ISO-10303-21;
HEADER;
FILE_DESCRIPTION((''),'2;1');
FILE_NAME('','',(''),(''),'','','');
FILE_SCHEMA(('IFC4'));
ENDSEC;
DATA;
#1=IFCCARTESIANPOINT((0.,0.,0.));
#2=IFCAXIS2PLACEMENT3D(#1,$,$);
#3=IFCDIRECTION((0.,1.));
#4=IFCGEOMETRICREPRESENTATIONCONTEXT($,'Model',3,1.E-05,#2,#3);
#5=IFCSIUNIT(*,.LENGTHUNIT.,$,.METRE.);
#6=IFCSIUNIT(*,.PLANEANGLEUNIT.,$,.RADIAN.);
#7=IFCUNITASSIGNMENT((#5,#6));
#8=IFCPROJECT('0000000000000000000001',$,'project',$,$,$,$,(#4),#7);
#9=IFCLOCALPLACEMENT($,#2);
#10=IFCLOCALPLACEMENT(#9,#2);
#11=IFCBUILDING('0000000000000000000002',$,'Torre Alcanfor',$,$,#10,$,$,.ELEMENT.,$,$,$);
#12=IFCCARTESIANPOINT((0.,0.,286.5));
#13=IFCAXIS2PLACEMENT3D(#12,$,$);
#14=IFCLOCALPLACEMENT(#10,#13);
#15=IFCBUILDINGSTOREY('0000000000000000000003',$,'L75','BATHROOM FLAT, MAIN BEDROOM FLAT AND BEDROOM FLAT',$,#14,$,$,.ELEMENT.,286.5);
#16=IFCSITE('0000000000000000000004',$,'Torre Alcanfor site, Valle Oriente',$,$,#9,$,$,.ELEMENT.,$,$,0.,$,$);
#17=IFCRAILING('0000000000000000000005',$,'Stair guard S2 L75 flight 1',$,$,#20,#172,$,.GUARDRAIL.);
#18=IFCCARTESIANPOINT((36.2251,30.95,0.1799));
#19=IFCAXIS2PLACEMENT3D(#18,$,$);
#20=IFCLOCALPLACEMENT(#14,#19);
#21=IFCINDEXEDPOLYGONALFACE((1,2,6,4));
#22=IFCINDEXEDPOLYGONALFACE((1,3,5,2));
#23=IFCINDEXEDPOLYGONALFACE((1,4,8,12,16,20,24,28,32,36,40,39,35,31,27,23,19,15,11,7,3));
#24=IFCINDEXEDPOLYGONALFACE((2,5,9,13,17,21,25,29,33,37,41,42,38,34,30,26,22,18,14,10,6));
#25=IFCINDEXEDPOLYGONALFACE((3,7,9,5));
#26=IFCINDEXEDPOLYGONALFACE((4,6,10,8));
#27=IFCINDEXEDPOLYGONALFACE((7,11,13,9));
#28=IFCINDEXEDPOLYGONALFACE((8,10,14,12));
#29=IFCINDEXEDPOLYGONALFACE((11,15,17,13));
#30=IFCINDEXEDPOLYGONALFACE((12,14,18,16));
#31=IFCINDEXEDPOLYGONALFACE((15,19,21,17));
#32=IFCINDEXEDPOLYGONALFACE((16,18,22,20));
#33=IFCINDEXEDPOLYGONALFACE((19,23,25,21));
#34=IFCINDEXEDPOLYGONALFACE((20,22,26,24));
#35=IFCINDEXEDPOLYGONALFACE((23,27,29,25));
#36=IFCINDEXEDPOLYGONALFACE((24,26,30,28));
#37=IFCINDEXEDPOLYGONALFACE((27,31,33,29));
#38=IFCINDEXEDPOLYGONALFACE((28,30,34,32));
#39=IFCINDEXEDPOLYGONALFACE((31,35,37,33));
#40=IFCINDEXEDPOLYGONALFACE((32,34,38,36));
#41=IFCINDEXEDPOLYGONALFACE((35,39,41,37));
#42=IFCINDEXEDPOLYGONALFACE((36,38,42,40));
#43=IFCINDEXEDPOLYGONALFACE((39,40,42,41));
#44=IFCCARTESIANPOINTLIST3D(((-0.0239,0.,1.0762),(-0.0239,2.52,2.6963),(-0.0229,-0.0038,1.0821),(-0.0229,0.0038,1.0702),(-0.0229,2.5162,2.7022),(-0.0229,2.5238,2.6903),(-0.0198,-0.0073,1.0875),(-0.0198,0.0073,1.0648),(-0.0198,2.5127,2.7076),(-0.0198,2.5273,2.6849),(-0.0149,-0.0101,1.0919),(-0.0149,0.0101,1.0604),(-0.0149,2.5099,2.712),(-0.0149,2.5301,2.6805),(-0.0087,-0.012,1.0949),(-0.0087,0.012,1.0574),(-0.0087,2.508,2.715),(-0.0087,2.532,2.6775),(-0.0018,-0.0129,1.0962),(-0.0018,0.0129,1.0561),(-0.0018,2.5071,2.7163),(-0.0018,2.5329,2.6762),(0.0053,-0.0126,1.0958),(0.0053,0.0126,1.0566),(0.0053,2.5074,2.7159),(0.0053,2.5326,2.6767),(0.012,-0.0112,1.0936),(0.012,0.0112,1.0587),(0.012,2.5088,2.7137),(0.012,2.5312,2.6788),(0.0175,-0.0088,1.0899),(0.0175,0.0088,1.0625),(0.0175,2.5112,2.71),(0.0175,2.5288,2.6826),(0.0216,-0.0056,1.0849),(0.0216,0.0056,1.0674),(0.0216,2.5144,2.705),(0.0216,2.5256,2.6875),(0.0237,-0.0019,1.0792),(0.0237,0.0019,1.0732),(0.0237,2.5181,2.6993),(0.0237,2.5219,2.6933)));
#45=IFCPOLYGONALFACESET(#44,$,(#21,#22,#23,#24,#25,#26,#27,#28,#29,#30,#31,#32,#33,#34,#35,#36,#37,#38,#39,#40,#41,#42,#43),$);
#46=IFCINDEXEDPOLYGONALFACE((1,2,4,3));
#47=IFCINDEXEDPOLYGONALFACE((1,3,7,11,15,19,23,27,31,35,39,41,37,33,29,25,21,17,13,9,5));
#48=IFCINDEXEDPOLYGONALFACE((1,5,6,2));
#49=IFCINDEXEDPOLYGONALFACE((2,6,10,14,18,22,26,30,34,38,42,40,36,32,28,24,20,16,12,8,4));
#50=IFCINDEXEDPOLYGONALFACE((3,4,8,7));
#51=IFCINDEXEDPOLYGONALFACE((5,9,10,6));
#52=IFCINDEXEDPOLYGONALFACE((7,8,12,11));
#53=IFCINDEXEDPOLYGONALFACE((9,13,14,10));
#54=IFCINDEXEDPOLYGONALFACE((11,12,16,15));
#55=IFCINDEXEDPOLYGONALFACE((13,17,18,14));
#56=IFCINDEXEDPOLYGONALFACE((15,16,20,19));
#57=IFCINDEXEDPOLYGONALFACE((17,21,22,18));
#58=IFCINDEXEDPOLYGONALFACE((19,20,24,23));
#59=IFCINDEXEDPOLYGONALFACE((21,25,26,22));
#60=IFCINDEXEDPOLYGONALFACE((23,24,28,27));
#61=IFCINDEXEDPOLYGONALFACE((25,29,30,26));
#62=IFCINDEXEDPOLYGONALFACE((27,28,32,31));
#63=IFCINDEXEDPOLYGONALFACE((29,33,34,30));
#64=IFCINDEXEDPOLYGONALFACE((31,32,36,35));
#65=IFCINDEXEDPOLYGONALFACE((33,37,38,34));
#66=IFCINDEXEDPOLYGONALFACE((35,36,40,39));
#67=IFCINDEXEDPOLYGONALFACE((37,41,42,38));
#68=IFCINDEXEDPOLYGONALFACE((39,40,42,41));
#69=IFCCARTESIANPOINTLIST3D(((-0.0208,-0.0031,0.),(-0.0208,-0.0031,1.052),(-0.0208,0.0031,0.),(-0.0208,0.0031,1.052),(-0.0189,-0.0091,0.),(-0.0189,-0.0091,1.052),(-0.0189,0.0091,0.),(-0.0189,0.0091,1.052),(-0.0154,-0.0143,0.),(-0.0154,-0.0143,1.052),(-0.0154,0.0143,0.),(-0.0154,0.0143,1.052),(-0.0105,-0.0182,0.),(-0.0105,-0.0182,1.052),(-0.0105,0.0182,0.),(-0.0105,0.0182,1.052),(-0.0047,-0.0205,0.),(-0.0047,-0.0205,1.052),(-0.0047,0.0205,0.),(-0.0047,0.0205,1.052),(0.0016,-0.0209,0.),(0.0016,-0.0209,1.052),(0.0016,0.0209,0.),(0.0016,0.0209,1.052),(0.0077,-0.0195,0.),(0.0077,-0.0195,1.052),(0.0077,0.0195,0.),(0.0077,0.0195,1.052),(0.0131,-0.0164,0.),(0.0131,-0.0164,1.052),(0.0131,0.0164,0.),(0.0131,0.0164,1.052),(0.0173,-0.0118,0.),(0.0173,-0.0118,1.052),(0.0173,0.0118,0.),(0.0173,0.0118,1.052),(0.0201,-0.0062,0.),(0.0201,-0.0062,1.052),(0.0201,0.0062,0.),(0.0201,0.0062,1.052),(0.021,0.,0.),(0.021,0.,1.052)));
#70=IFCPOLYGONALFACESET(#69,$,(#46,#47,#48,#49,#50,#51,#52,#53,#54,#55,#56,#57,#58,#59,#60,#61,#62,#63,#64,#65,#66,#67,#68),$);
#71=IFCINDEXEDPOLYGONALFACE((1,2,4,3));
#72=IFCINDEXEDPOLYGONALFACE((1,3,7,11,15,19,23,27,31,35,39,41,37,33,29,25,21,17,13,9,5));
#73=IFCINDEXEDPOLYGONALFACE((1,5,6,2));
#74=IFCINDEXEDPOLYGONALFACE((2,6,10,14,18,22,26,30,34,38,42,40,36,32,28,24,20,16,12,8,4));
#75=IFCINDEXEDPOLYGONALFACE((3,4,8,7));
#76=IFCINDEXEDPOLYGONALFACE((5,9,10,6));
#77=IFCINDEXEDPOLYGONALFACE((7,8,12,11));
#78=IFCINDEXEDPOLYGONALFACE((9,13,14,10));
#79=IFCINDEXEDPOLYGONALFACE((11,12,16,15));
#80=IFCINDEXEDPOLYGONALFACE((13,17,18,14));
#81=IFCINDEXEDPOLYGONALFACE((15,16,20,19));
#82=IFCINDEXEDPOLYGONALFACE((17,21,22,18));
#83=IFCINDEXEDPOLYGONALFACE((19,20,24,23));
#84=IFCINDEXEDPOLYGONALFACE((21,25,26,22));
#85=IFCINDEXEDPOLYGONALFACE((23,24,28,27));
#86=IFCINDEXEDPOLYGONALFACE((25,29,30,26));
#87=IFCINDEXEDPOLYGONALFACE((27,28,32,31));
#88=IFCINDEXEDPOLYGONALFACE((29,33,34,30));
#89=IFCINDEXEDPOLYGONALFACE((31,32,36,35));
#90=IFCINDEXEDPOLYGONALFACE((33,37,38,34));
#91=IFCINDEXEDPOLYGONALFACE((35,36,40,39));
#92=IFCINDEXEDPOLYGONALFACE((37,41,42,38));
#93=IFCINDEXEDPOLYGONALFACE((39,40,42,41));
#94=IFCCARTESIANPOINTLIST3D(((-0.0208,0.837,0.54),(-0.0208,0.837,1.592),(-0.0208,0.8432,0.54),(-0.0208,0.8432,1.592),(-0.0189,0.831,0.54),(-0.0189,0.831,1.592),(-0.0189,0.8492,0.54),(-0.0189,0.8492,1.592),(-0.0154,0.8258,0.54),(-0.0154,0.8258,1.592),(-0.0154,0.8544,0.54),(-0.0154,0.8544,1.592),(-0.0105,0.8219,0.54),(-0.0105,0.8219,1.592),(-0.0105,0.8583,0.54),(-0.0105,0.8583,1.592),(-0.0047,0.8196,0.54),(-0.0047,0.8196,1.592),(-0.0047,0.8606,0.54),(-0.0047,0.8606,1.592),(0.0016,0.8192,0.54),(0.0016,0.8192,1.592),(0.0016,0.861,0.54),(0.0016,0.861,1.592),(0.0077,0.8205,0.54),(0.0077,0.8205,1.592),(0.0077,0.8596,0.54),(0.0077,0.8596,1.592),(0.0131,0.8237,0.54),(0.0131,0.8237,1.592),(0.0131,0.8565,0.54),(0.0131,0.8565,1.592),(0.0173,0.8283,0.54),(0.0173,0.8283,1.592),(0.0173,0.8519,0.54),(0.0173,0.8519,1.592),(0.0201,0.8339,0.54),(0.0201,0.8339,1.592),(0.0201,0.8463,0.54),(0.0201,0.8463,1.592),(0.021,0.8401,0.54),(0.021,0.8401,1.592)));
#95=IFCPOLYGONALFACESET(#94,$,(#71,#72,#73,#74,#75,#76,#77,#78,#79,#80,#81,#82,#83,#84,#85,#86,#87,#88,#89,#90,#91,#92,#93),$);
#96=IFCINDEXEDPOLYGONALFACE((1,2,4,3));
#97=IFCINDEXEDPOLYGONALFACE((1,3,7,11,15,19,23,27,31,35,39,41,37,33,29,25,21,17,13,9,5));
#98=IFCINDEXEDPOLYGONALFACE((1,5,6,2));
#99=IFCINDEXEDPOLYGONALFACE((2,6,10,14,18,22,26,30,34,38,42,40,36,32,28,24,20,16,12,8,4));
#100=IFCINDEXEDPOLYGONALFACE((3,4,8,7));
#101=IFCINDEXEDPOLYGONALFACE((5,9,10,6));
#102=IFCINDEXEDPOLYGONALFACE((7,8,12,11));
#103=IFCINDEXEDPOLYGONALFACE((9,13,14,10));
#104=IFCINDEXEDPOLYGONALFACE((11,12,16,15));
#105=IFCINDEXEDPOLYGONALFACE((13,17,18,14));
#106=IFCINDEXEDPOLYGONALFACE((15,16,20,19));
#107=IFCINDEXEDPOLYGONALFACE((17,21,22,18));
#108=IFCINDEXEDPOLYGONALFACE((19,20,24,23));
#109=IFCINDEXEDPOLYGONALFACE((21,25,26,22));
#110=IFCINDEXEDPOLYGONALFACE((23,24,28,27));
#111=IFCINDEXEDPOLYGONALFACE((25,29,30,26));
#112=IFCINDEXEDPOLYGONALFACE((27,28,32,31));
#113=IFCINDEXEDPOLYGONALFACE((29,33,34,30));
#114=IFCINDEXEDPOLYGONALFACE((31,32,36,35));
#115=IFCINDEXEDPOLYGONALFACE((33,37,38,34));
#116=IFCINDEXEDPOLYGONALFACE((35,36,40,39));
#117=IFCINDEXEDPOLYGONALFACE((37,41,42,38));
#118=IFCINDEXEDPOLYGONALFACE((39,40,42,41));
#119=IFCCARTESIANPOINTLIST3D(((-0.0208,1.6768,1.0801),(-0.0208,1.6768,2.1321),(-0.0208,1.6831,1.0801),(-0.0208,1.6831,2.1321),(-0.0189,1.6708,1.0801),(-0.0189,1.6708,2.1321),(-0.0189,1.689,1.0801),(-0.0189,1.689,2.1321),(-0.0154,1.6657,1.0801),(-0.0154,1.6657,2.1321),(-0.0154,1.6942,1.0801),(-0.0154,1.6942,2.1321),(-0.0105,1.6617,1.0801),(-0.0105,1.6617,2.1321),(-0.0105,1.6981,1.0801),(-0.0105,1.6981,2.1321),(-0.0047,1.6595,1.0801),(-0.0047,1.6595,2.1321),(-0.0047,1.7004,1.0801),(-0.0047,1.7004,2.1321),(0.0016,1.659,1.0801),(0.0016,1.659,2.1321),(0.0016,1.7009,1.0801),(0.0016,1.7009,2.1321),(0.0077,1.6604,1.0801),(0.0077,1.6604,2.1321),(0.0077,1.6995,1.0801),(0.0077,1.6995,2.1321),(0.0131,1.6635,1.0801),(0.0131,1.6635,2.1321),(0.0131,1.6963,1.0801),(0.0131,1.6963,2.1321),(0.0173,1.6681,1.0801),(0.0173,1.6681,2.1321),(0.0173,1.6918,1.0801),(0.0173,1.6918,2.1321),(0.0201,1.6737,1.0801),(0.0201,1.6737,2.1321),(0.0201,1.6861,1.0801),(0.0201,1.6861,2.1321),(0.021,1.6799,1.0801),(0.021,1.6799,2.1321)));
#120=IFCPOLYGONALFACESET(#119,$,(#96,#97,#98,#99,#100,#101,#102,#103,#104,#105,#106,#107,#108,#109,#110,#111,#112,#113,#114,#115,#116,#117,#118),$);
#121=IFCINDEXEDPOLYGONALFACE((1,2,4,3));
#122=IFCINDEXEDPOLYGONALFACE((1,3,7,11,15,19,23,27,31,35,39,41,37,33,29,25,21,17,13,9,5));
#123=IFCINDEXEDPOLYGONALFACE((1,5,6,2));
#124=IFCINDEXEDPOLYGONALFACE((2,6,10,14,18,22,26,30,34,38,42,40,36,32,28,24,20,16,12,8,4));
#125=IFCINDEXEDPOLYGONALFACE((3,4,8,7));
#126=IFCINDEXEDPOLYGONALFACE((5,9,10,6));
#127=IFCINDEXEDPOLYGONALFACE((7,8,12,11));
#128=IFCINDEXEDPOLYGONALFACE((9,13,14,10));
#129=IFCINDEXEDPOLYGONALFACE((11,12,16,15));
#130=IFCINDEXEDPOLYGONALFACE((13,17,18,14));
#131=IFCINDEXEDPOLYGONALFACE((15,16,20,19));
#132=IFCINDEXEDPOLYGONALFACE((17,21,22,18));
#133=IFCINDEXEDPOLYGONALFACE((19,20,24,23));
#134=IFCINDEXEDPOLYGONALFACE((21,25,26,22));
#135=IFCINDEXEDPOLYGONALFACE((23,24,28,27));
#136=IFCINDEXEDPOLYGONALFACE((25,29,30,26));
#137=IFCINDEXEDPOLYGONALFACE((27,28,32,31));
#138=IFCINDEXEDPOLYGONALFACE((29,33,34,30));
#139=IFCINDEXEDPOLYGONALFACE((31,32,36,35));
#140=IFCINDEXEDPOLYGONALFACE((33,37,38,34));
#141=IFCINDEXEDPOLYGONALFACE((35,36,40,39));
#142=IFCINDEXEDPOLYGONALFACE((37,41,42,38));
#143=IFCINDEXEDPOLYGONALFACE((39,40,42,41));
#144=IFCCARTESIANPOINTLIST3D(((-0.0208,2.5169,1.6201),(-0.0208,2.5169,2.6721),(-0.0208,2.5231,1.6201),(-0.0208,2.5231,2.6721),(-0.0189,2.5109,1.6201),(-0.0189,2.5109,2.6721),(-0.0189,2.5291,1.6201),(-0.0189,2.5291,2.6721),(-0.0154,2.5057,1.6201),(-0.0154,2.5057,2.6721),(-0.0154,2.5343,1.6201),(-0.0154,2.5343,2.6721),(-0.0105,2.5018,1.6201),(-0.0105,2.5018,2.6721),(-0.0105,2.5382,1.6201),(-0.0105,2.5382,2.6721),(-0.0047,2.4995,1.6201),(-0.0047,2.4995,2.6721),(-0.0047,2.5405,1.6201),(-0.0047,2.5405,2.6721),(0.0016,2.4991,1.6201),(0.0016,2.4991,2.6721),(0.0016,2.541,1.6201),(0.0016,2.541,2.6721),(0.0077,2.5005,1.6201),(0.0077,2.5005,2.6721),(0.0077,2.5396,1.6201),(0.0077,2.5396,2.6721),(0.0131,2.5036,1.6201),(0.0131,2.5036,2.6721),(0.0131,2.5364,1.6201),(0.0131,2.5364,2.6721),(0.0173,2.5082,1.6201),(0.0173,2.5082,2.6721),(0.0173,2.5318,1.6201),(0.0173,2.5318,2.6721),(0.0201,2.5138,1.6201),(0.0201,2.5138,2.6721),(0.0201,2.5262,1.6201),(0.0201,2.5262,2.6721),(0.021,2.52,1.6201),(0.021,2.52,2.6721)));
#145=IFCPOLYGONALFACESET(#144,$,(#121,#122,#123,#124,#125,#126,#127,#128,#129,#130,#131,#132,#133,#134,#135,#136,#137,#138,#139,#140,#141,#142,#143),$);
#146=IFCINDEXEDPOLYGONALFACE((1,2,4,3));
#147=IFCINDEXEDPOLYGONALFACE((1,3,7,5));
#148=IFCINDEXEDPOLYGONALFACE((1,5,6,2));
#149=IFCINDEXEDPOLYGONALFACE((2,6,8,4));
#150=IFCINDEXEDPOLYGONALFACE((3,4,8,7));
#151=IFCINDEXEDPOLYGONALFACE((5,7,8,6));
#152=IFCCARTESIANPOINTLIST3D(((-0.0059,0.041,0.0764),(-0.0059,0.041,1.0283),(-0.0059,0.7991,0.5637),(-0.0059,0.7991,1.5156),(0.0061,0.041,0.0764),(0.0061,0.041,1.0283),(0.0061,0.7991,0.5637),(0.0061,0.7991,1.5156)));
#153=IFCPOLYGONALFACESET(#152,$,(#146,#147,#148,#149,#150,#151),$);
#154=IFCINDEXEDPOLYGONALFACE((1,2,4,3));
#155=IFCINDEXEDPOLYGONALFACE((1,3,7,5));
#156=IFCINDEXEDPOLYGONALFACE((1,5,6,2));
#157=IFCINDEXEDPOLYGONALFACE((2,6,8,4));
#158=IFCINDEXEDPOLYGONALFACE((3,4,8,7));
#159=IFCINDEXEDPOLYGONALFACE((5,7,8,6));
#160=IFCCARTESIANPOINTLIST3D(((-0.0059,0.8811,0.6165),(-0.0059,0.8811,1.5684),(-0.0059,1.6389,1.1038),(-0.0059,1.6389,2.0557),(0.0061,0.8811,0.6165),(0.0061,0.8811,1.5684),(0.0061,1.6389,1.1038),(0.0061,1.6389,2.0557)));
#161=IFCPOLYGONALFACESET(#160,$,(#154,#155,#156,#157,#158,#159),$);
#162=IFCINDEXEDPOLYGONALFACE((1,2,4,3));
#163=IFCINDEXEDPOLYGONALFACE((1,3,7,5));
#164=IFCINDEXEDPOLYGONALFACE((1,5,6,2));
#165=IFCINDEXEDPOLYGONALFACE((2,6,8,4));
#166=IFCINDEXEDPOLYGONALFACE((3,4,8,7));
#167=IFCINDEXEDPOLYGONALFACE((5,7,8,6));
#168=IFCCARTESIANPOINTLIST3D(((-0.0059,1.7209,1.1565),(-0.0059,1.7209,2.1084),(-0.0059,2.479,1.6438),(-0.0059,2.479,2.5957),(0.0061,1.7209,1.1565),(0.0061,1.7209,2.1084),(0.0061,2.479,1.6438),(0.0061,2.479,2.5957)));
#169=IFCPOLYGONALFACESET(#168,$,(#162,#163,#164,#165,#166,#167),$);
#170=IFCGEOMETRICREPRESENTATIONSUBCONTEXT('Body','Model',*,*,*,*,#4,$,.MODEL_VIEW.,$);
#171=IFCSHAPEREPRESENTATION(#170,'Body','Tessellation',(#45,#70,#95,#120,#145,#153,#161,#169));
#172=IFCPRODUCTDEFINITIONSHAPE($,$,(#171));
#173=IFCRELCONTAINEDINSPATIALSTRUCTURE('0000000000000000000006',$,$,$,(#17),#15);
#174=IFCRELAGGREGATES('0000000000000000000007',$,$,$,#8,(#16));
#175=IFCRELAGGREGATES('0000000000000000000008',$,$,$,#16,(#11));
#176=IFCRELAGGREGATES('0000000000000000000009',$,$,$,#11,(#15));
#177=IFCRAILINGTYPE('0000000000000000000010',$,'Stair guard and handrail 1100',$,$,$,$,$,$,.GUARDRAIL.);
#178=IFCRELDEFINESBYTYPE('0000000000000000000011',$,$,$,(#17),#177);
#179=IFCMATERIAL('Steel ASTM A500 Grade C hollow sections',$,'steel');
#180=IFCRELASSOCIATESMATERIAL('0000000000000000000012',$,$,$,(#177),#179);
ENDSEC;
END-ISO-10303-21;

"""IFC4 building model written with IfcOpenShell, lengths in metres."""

from ifc_helpers import new_model, si_unit, direction, frame, origin, origin_2d, place, context, subcontext, project, spatial, polyline, circle, outline, extrude, material, type_object, element, save


model = new_model("IFC4")

# Units and contexts
model_context = context("Model", 3, precision=1e-05, world=origin(), true_north=direction((0.0, 1.0)))
body_context = subcontext(model_context, "Body", "Model", "MODEL_VIEW")
ifc_project = project(units=[si_unit("LENGTHUNIT", "METRE"), si_unit("PLANEANGLEUNIT", "RADIAN")], contexts=[model_context])

# Site, building, storey
site_placement = place(None, origin())
site = spatial("IfcSite", under=ifc_project, at=site_placement, Name="Torre Alcanfor site, Valle Oriente", CompositionType="ELEMENT", RefElevation=0.0)
building_placement = place(site_placement, origin())
building = spatial("IfcBuilding", under=site, at=building_placement, Name="Torre Alcanfor", CompositionType="ELEMENT")
storey_placement = place(building_placement, frame((0.0, 0.0, 286.5)))
storey = spatial("IfcBuildingStorey", under=building, at=storey_placement, Name="L75", Description="BATHROOM FLAT, MAIN BEDROOM FLAT AND BEDROOM FLAT", CompositionType="ELEMENT", Elevation=286.5)

# Railing
ifc_material_1 = material(Name="Steel ASTM A500 Grade C hollow sections", Category="steel")
railing_type_1 = type_object("IfcRailingType", Name="Stair guard and handrail 1100", PredefinedType="GUARDRAIL", material=ifc_material_1)
railing_1_placement = place(storey_placement, frame((36.2251, 30.95, 0.1799)))
element("IfcRailing", 1, at=railing_1_placement, inside=storey, type_object=railing_type_1, Name="Stair guard S2 L75 flight 1", PredefinedType="GUARDRAIL", context=body_context, shape_type="SweptSolid", body=[
    extrude(circle(Radius=0.0239, at=origin_2d()), frame((0.0, 0.0, 1.0762), z_axis=(0.0, 0.841163, 0.540782), x_axis=(-1.0, 0.0, 0.0)), (0.0, 0.0, 1.0), 2.9958),
    extrude(circle(Radius=0.021, at=origin_2d()), origin(), (0.0, 0.0, 1.0), 1.052),
    extrude(circle(Radius=0.021, at=origin_2d()), frame((0.0, 0.8401, 0.54)), (0.0, 0.0, 1.0), 1.052),
    extrude(circle(Radius=0.021, at=origin_2d()), frame((0.0, 1.6799, 1.0801)), (0.0, 0.0, 1.0), 1.052),
    extrude(circle(Radius=0.021, at=origin_2d()), frame((0.0, 2.52, 1.6201)), (0.0, 0.0, 1.0), 1.052),
    extrude(outline(polyline([(0.041, 0.0764), (0.7991, 0.5637), (0.7991, 1.5156), (0.041, 1.0283), (0.041, 0.0764)])), frame((-0.0059, 0.0, 0.0), z_axis=(1.0, 0.0, 0.0), x_axis=(0.0, 1.0, 0.0)), (0.0, 0.0, 1.0), 0.012),
    extrude(outline(polyline([(0.8811, 0.6165), (1.6389, 1.1038), (1.6389, 2.0557), (0.8811, 1.5684), (0.8811, 0.6165)])), frame((-0.0059, 0.0, 0.0), z_axis=(1.0, 0.0, 0.0), x_axis=(0.0, 1.0, 0.0)), (0.0, 0.0, 1.0), 0.012),
    extrude(outline(polyline([(1.7209, 1.1565), (2.479, 1.6438), (2.479, 2.5957), (1.7209, 2.1084), (1.7209, 1.1565)])), frame((-0.0059, 0.0, 0.0), z_axis=(1.0, 0.0, 0.0), x_axis=(0.0, 1.0, 0.0)), (0.0, 0.0, 1.0), 0.012),
])

save(model, "model.ifc")
